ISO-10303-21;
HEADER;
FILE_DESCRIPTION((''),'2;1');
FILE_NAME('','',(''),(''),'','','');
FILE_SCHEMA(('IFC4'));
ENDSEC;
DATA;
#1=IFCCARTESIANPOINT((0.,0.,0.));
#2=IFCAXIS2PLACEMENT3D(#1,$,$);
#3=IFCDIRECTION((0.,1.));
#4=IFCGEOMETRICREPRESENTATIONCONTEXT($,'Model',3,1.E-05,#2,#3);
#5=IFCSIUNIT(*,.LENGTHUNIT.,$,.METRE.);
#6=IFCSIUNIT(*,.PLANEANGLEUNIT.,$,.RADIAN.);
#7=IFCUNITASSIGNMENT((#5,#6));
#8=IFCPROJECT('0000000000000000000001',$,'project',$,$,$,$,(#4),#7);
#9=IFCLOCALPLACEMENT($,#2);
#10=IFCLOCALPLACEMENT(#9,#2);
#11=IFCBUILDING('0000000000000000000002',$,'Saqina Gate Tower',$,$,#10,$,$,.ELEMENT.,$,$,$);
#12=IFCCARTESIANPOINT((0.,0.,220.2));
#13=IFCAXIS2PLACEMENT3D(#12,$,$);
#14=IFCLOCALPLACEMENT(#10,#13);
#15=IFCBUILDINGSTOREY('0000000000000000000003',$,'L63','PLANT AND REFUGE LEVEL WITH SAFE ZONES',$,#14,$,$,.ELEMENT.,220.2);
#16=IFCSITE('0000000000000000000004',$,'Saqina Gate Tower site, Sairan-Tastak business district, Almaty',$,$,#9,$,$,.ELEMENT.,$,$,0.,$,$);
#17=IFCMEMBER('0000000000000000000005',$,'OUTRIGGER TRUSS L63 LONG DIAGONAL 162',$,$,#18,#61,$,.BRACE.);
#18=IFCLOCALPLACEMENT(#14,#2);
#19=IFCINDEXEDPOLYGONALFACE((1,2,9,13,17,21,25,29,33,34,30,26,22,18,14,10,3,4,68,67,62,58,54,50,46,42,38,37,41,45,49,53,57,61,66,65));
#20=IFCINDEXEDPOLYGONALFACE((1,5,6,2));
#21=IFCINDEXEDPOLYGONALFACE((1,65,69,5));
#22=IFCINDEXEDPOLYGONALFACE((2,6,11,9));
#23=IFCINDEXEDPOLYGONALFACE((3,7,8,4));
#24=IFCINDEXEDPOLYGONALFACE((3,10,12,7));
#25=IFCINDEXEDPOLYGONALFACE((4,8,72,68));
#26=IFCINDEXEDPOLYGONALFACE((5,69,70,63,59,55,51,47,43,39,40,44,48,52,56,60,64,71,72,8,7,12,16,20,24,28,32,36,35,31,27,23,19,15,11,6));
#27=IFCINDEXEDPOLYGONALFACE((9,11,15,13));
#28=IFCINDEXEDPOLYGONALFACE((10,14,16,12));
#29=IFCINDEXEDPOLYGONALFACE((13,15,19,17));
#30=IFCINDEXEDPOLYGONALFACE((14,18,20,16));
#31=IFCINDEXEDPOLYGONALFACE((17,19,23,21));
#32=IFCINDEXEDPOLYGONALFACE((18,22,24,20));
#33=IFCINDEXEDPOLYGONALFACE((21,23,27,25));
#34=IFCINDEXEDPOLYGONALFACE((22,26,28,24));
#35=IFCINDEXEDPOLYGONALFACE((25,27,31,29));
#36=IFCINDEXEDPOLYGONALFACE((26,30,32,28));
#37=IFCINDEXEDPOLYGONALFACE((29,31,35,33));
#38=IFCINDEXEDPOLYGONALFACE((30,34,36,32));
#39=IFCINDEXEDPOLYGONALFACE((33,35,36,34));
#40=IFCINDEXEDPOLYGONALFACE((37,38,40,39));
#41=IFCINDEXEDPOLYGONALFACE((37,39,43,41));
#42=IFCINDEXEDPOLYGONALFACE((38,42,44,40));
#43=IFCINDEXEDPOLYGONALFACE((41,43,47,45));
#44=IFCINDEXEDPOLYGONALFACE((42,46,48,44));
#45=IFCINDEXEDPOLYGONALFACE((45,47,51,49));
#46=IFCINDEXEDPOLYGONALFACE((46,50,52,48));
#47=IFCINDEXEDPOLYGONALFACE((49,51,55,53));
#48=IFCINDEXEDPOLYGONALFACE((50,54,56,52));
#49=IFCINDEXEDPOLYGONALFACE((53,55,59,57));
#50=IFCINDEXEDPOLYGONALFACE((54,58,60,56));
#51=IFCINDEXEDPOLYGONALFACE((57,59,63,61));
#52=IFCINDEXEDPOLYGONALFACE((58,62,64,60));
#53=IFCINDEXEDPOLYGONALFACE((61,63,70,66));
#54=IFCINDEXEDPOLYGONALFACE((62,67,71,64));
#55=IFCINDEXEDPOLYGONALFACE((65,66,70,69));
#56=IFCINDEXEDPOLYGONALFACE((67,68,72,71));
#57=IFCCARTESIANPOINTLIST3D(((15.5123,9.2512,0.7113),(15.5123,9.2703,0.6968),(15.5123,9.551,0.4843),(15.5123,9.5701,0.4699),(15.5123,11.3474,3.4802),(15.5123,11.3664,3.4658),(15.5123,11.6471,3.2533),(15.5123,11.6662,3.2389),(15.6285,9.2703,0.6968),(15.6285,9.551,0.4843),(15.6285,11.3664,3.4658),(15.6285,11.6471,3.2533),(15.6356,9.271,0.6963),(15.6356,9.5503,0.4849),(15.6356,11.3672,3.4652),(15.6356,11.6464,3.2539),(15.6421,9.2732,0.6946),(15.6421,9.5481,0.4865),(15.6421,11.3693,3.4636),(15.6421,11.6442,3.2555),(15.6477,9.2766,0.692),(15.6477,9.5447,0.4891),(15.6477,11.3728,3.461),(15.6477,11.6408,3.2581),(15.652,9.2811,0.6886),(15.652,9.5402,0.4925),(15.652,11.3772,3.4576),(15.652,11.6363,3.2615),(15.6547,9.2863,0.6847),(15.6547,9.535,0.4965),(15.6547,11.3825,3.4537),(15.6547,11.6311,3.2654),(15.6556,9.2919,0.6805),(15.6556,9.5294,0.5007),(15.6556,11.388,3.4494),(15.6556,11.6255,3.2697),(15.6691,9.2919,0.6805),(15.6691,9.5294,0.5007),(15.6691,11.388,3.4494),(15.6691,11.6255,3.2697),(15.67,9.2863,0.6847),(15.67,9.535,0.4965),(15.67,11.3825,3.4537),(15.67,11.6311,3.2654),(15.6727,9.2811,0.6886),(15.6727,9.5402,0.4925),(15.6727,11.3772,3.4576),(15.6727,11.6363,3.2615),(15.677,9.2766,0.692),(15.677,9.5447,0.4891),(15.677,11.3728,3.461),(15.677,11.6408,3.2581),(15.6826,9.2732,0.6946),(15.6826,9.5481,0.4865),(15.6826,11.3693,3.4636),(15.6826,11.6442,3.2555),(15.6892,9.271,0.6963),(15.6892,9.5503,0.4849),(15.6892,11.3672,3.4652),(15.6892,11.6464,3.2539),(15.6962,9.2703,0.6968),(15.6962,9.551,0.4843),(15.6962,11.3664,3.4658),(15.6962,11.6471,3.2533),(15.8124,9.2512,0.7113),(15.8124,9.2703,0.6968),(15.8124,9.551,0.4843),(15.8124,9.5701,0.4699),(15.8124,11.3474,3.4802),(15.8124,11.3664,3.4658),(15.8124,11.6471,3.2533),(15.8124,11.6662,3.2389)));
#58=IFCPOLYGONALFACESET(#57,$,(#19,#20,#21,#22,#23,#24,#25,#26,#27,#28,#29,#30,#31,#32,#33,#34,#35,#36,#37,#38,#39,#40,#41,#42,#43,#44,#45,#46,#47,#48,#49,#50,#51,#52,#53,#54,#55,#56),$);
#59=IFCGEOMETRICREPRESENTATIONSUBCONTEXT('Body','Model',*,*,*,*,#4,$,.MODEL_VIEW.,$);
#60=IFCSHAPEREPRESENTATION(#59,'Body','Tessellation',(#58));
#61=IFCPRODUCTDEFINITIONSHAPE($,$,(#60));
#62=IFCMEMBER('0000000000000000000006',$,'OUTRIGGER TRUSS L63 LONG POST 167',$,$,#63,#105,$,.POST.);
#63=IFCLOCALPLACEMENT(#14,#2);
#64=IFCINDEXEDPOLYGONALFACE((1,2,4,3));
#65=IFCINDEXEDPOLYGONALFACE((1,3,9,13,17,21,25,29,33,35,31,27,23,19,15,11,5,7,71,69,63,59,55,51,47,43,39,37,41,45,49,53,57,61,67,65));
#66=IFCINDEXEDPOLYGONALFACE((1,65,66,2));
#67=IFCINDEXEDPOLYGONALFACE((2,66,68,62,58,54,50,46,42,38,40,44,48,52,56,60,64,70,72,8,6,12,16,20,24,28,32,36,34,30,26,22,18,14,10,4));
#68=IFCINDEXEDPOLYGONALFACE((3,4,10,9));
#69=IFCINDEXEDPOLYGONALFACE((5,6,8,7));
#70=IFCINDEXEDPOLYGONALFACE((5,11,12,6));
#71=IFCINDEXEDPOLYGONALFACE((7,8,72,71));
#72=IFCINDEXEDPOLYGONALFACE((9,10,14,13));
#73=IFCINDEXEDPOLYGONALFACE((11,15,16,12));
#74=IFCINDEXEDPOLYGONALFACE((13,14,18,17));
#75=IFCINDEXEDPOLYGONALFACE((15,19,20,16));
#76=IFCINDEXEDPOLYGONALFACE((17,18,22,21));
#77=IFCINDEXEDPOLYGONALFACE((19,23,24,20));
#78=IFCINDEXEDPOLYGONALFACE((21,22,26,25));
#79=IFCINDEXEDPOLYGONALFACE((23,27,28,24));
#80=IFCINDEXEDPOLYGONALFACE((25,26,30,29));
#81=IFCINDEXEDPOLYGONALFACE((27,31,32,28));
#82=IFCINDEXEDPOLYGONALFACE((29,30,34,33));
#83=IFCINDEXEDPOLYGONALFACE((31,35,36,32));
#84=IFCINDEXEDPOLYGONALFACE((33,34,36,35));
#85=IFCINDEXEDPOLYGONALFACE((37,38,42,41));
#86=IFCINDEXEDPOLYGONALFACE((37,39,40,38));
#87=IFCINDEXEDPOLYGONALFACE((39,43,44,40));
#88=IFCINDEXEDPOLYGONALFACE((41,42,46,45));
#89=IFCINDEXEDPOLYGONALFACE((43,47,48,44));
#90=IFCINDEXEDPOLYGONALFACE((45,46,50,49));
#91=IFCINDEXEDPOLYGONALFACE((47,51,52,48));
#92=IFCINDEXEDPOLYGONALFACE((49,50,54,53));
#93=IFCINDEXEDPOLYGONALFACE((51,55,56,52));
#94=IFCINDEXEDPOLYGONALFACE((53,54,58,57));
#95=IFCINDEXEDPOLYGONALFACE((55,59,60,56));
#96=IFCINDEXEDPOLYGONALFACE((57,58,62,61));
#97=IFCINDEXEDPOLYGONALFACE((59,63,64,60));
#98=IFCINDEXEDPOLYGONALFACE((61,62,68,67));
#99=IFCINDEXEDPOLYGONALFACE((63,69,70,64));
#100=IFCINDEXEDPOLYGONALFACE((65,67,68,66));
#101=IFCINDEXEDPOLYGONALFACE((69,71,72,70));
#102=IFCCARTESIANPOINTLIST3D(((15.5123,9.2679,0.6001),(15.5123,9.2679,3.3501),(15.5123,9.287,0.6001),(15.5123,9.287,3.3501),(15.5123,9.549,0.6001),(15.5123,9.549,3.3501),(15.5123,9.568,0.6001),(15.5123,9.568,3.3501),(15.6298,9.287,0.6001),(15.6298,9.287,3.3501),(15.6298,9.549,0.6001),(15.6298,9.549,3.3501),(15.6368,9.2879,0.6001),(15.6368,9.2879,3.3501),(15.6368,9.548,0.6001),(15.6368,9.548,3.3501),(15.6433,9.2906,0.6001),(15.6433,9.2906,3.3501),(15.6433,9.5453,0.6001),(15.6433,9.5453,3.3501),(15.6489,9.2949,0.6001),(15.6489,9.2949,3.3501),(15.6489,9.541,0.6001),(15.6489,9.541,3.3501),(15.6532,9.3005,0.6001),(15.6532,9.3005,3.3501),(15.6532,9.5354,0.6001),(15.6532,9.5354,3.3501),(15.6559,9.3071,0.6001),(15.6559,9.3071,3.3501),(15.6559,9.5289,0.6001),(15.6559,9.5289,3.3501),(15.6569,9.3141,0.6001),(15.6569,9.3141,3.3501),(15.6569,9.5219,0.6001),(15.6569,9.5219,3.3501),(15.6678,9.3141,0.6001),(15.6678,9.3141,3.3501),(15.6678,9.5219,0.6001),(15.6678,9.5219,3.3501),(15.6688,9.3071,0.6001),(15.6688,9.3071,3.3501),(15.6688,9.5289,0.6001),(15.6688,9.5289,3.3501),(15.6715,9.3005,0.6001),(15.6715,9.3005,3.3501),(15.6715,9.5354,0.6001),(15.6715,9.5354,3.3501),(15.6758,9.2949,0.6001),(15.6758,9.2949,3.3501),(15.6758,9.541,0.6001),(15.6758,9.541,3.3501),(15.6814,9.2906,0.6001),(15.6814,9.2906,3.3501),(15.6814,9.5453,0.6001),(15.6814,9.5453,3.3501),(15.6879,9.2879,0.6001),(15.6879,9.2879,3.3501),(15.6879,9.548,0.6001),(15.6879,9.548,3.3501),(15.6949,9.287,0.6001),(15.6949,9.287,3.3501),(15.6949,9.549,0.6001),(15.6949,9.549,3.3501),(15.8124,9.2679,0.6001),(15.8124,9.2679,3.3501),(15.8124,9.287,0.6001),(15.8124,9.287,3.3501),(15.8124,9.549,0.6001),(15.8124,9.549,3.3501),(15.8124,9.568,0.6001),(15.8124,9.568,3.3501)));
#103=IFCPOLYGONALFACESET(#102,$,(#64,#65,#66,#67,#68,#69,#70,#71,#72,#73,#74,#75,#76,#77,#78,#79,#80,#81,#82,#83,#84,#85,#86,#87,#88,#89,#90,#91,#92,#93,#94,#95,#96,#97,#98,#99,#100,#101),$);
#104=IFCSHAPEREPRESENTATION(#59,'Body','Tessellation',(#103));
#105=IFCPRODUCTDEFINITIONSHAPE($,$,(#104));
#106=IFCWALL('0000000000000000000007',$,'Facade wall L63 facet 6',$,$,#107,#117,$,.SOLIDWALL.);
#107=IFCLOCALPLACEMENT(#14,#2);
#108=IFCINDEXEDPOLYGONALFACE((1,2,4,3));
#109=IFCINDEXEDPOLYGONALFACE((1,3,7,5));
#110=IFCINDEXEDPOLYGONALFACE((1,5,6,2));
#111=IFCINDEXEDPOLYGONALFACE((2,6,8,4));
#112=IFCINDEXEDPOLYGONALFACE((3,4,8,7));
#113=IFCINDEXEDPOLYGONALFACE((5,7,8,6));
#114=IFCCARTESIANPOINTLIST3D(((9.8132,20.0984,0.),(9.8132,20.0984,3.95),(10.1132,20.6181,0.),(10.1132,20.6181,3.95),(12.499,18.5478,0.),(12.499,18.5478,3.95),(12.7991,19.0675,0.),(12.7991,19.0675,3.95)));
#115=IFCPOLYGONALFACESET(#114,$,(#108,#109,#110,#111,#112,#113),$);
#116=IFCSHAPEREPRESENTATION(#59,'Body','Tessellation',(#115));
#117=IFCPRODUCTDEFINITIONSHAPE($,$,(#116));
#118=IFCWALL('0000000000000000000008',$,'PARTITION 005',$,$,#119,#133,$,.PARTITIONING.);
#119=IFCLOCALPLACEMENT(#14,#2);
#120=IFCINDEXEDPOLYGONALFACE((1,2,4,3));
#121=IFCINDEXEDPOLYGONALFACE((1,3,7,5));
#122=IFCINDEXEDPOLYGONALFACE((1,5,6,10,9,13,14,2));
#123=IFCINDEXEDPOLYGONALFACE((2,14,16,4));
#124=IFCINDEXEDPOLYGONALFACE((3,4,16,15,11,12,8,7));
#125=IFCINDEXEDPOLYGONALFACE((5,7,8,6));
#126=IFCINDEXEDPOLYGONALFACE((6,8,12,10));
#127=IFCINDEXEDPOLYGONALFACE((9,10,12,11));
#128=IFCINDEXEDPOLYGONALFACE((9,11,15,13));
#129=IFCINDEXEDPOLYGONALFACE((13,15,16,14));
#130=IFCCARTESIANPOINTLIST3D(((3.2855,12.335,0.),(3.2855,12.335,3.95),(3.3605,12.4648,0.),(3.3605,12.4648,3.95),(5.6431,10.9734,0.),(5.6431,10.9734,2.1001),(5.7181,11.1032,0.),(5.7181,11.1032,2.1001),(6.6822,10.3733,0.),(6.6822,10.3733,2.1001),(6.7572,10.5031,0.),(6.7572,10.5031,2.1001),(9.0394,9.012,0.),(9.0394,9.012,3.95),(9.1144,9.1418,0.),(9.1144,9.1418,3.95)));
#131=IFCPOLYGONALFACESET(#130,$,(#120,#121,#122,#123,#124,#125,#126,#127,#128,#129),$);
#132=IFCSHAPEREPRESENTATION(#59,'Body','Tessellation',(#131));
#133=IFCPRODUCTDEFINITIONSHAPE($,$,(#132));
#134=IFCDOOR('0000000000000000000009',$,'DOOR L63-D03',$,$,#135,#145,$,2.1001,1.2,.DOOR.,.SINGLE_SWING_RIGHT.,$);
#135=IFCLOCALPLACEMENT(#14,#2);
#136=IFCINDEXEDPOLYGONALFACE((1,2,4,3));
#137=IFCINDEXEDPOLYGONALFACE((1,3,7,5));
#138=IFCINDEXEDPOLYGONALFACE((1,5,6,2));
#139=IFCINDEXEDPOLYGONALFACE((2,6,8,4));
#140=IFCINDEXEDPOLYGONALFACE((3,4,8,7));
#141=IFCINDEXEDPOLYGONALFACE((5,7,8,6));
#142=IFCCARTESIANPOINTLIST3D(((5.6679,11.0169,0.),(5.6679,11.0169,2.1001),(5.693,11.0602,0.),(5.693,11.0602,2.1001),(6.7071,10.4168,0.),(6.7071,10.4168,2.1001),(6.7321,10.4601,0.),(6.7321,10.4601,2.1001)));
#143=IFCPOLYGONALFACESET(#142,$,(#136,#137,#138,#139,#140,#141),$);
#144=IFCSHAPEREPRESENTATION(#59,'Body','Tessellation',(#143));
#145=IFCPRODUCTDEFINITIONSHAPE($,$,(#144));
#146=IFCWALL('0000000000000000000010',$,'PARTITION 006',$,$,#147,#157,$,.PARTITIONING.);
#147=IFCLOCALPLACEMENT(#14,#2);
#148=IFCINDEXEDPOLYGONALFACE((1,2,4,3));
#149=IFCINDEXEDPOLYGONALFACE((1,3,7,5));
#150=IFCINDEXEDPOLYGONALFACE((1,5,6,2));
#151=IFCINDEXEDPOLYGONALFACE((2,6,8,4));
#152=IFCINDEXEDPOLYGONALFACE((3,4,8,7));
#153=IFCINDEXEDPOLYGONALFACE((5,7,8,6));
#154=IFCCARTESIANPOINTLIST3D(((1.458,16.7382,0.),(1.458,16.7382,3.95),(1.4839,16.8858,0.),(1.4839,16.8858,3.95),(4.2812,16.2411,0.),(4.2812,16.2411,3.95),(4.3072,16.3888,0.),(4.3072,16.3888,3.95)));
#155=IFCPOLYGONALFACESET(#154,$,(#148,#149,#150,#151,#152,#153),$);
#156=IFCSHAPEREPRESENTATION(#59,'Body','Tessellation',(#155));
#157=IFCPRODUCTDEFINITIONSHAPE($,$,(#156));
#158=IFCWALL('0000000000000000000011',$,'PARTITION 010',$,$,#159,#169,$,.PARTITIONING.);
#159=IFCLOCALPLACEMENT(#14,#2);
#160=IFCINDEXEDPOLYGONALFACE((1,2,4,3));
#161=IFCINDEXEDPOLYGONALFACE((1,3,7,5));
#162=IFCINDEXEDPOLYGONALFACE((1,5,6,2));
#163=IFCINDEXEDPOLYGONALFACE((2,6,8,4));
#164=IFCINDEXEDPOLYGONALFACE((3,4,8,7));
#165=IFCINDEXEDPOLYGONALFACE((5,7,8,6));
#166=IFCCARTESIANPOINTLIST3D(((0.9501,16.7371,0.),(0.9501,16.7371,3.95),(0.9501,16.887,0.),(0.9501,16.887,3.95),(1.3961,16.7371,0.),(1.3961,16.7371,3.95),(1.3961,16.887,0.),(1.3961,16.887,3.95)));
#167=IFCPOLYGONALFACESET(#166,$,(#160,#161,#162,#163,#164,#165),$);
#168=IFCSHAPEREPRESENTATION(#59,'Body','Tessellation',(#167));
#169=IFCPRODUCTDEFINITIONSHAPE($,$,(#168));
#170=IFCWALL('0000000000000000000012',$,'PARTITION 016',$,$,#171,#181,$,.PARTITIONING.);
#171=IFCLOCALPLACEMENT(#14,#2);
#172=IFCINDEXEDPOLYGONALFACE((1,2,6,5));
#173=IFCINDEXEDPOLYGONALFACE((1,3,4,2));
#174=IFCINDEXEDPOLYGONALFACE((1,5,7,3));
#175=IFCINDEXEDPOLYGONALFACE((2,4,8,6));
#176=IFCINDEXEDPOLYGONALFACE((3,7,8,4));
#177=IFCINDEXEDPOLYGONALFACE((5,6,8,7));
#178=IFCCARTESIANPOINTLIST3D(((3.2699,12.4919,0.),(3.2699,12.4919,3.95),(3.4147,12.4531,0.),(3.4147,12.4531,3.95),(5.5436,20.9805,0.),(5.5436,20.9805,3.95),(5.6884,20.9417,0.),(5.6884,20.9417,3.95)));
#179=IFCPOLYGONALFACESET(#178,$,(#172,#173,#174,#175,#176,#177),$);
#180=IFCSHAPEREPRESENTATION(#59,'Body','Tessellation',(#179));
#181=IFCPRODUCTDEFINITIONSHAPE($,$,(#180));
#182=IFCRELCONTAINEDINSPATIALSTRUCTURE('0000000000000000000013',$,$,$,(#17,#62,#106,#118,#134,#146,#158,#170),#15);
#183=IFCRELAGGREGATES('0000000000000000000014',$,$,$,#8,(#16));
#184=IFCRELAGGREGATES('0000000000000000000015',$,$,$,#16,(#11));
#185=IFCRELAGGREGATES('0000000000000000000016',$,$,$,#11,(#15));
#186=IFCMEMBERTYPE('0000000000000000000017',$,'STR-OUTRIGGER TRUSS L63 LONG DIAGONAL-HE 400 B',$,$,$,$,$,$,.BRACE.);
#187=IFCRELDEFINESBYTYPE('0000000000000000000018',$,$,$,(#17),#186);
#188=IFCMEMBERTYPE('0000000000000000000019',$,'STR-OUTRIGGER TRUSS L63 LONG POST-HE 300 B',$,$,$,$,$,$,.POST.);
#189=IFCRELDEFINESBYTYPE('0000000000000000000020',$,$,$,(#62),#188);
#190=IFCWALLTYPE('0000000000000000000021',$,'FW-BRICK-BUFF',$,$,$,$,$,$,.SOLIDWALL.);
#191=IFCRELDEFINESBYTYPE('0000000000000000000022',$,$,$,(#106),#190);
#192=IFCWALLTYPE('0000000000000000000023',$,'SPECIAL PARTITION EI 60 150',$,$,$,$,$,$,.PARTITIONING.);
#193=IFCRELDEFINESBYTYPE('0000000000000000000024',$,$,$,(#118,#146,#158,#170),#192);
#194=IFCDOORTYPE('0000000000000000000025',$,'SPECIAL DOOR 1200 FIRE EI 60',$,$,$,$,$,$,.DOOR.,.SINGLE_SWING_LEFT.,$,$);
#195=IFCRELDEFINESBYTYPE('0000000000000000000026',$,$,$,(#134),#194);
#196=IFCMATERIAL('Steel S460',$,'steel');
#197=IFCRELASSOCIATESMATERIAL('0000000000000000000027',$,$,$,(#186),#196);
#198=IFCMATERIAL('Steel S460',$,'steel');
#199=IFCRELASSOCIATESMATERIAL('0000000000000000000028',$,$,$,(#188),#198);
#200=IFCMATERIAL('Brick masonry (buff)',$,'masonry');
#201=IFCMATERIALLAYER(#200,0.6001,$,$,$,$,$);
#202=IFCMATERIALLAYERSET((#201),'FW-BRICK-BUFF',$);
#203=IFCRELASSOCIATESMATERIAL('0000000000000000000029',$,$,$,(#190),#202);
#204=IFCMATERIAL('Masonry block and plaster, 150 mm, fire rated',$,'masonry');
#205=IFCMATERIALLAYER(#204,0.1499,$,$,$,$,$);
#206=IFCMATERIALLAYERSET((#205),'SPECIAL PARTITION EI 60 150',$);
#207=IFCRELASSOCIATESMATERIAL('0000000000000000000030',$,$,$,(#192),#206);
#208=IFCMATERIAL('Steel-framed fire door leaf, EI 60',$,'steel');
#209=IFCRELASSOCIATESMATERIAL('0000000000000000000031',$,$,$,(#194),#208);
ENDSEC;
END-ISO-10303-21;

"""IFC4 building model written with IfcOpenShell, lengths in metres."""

from ifc_helpers import new_model, si_unit, direction, frame, frame_2d, origin, origin_2d, place, context, subcontext, project, spatial, rectangle, i_section, extrude, material, layer, layer_set, material_profile, profile_set, type_object, element, fill, save


model = new_model("IFC4")

# Units and contexts
model_context = context("Model", 3, precision=1e-05, world=origin(), true_north=direction((0.0, 1.0)))
body_context = subcontext(model_context, "Body", "Model", "MODEL_VIEW")
ifc_project = project(units=[si_unit("LENGTHUNIT", "METRE"), si_unit("PLANEANGLEUNIT", "RADIAN")], contexts=[model_context])

# Site, building, storey
site_placement = place(None, origin())
site = spatial("IfcSite", under=ifc_project, at=site_placement, Name="Saqina Gate Tower site, Sairan-Tastak business district, Almaty", CompositionType="ELEMENT", RefElevation=0.0)
building_placement = place(site_placement, origin())
building = spatial("IfcBuilding", under=site, at=building_placement, Name="Saqina Gate Tower", CompositionType="ELEMENT")
storey_placement = place(building_placement, frame((0.0, 0.0, 220.2)))
storey = spatial("IfcBuildingStorey", under=building, at=storey_placement, Name="L63", Description="PLANT AND REFUGE LEVEL WITH SAFE ZONES", CompositionType="ELEMENT", Elevation=220.2)

# Members
ifc_material_1 = material(Name="Steel S460", Category="steel")
ifc_material_profile_1 = material_profile(ifc_material_1, i_section(OverallWidth=0.3, OverallDepth=0.3999, WebThickness=0.0134, FlangeThickness=0.0239, FilletRadius=0.0271, at=origin_2d()), Name="HE 400 B")
ifc_profile_set_1 = profile_set([ifc_material_profile_1], Name="Steel S460")
member_type_1 = type_object("IfcMemberType", Name="STR-OUTRIGGER TRUSS L63 LONG DIAGONAL-HE 400 B", PredefinedType="BRACE", material=ifc_profile_set_1)
member_1_placement = place(storey_placement, frame((15.6624, 9.4106, 0.5906), z_axis=(0.0, 0.603571, 0.797309), x_axis=(-1.0, 0.0, 0.0)))
element("IfcMember", 1, at=member_1_placement, inside=storey, type_object=member_type_1, Name="OUTRIGGER TRUSS L63 LONG DIAGONAL 162", PredefinedType="BRACE", context=body_context, shape_type="SweptSolid", body=[
    extrude(i_section(OverallWidth=0.3, OverallDepth=0.3999, WebThickness=0.0134, FlangeThickness=0.0239, FilletRadius=0.0271, at=origin_2d()), origin(), (0.0, 0.0, 1.0), 3.4729),
])
ifc_material_2 = material(Name="Steel S460", Category="steel")
ifc_material_profile_2 = material_profile(ifc_material_2, i_section(OverallWidth=0.3, OverallDepth=0.3, WebThickness=0.011, FlangeThickness=0.019, FilletRadius=0.0271, at=origin_2d()), Name="HE 300 B")
ifc_profile_set_2 = profile_set([ifc_material_profile_2], Name="Steel S460")
member_type_2 = type_object("IfcMemberType", Name="STR-OUTRIGGER TRUSS L63 LONG POST-HE 300 B", PredefinedType="POST", material=ifc_profile_set_2)
member_2_placement = place(storey_placement, frame((15.6624, 9.418, 0.6001), z_axis=(0.0, 0.0, 1.0), x_axis=(1.0, 0.0, 0.0)))
element("IfcMember", 2, at=member_2_placement, inside=storey, type_object=member_type_2, Name="OUTRIGGER TRUSS L63 LONG POST 167", PredefinedType="POST", context=body_context, shape_type="SweptSolid", body=[
    extrude(i_section(OverallWidth=0.3, OverallDepth=0.3, WebThickness=0.011, FlangeThickness=0.019, FilletRadius=0.0271, at=origin_2d()), origin(), (0.0, 0.0, 1.0), 2.75),
])

# Wall
ifc_material_3 = material(Name="Brick masonry (buff)", Category="masonry")
ifc_layer_1 = layer(ifc_material_3, 0.6001)
ifc_layer_set_1 = layer_set([ifc_layer_1], Name="FW-BRICK-BUFF")
wall_type_1 = type_object("IfcWallType", Name="FW-BRICK-BUFF", PredefinedType="SOLIDWALL", material=ifc_layer_set_1)
wall_1_placement = place(storey_placement, frame((12.6492, 18.8076, 0.0), z_axis=(0.0, 0.0, 1.0), x_axis=(-0.86604, 0.499975, 0.0)))
element("IfcWall", 3, at=wall_1_placement, inside=storey, type_object=wall_type_1, Name="Facade wall L63 facet 6", PredefinedType="SOLIDWALL", context=body_context, shape_type="SweptSolid", body=[
    extrude(rectangle(XDim=3.1013, YDim=0.6001, at=frame_2d((1.5508, 0.0))), origin(), (0.0, 0.0, 1.0), 3.95),
])

# Wall, opening, door
ifc_material_4 = material(Name="Masonry block and plaster, 150 mm, fire rated", Category="masonry")
ifc_layer_2 = layer(ifc_material_4, 0.1499)
ifc_layer_set_2 = layer_set([ifc_layer_2], Name="SPECIAL PARTITION EI 60 150")
wall_type_2 = type_object("IfcWallType", Name="SPECIAL PARTITION EI 60 150", PredefinedType="PARTITIONING", material=ifc_layer_set_2)
wall_2_placement = place(storey_placement, frame((3.323, 12.3999, 0.0), z_axis=(0.0, 0.0, 1.0), x_axis=(0.865962, -0.50011, 0.0)))
wall_2 = element("IfcWall", 4, at=wall_2_placement, inside=storey, type_object=wall_type_2, Name="PARTITION 005", PredefinedType="PARTITIONING", context=body_context, shape_type="SweptSolid", body=[
    extrude(rectangle(XDim=6.6445, YDim=0.1499, at=frame_2d((3.3223, 0.0))), origin(), (0.0, 0.0, 1.0), 3.95),
])
opening_placement = place(wall_2_placement, frame((2.7224, 0.0, 0.0)))
opening = element("IfcOpeningElement", 5, at=opening_placement, cuts=wall_2, PredefinedType="OPENING", context=body_context, shape_type="SweptSolid", body=[
    extrude(rectangle(XDim=1.2, YDim=2.1001, at=frame_2d((0.6001, 1.05))), frame((0.0, 0.0869, 0.0), z_axis=(0.0, -1.0, 0.0), x_axis=(1.0, 0.0, 0.0)), (0.0, 0.0, 1.0), 0.1738),
])
ifc_material_5 = material(Name="Steel-framed fire door leaf, EI 60", Category="steel")
door_type = type_object("IfcDoorType", Name="SPECIAL DOOR 1200 FIRE EI 60", OperationType="SINGLE_SWING_LEFT", PredefinedType="DOOR", material=ifc_material_5)
door_placement = place(opening_placement, frame((1.2, 0.0, 0.0), z_axis=(0.0, 0.0, 1.0), x_axis=(-1.0, 0.0, 0.0)))
door = element("IfcDoor", 6, at=door_placement, inside=storey, type_object=door_type, Name="DOOR L63-D03", OperationType="SINGLE_SWING_RIGHT", OverallHeight=2.1001, OverallWidth=1.2, PredefinedType="DOOR", context=body_context, shape_type="SweptSolid", body=[
    extrude(rectangle(XDim=1.2, YDim=2.1001, at=frame_2d((0.6001, 1.05))), frame((0.0, 0.0249, 0.0), z_axis=(0.0, -1.0, 0.0), x_axis=(1.0, 0.0, 0.0)), (0.0, 0.0, 1.0), 0.05),
])
fill(opening, door)

# Walls
wall_3_placement = place(storey_placement, frame((1.4709, 16.812, 0.0), z_axis=(0.0, 0.0, 1.0), x_axis=(0.984852, -0.173397, 0.0)))
element("IfcWall", 7, at=wall_3_placement, inside=storey, type_object=wall_type_2, Name="PARTITION 006", PredefinedType="PARTITIONING", context=body_context, shape_type="SweptSolid", body=[
    extrude(rectangle(XDim=2.8667, YDim=0.1499, at=frame_2d((1.4333, 0.0))), origin(), (0.0, 0.0, 1.0), 3.95),
])
wall_4_placement = place(storey_placement, frame((0.95, 16.812, 0.0), z_axis=(0.0, 0.0, 1.0), x_axis=(1.0, 0.0, 0.0)))
element("IfcWall", 8, at=wall_4_placement, inside=storey, type_object=wall_type_2, Name="PARTITION 010", PredefinedType="PARTITIONING", context=body_context, shape_type="SweptSolid", body=[
    extrude(rectangle(XDim=0.446, YDim=0.1499, at=frame_2d((0.2231, 0.0))), origin(), (0.0, 0.0, 1.0), 3.95),
])
wall_5_placement = place(storey_placement, frame((3.3423, 12.4724, 0.0), z_axis=(0.0, 0.0, 1.0), x_axis=(0.258733, 0.965949, 0.0)))
element("IfcWall", 9, at=wall_5_placement, inside=storey, type_object=wall_type_2, Name="PARTITION 016", PredefinedType="PARTITIONING", context=body_context, shape_type="SweptSolid", body=[
    extrude(rectangle(XDim=8.7878, YDim=0.1499, at=frame_2d((4.394, 0.0))), origin(), (0.0, 0.0, 1.0), 3.95),
])

save(model, "model.ifc")
